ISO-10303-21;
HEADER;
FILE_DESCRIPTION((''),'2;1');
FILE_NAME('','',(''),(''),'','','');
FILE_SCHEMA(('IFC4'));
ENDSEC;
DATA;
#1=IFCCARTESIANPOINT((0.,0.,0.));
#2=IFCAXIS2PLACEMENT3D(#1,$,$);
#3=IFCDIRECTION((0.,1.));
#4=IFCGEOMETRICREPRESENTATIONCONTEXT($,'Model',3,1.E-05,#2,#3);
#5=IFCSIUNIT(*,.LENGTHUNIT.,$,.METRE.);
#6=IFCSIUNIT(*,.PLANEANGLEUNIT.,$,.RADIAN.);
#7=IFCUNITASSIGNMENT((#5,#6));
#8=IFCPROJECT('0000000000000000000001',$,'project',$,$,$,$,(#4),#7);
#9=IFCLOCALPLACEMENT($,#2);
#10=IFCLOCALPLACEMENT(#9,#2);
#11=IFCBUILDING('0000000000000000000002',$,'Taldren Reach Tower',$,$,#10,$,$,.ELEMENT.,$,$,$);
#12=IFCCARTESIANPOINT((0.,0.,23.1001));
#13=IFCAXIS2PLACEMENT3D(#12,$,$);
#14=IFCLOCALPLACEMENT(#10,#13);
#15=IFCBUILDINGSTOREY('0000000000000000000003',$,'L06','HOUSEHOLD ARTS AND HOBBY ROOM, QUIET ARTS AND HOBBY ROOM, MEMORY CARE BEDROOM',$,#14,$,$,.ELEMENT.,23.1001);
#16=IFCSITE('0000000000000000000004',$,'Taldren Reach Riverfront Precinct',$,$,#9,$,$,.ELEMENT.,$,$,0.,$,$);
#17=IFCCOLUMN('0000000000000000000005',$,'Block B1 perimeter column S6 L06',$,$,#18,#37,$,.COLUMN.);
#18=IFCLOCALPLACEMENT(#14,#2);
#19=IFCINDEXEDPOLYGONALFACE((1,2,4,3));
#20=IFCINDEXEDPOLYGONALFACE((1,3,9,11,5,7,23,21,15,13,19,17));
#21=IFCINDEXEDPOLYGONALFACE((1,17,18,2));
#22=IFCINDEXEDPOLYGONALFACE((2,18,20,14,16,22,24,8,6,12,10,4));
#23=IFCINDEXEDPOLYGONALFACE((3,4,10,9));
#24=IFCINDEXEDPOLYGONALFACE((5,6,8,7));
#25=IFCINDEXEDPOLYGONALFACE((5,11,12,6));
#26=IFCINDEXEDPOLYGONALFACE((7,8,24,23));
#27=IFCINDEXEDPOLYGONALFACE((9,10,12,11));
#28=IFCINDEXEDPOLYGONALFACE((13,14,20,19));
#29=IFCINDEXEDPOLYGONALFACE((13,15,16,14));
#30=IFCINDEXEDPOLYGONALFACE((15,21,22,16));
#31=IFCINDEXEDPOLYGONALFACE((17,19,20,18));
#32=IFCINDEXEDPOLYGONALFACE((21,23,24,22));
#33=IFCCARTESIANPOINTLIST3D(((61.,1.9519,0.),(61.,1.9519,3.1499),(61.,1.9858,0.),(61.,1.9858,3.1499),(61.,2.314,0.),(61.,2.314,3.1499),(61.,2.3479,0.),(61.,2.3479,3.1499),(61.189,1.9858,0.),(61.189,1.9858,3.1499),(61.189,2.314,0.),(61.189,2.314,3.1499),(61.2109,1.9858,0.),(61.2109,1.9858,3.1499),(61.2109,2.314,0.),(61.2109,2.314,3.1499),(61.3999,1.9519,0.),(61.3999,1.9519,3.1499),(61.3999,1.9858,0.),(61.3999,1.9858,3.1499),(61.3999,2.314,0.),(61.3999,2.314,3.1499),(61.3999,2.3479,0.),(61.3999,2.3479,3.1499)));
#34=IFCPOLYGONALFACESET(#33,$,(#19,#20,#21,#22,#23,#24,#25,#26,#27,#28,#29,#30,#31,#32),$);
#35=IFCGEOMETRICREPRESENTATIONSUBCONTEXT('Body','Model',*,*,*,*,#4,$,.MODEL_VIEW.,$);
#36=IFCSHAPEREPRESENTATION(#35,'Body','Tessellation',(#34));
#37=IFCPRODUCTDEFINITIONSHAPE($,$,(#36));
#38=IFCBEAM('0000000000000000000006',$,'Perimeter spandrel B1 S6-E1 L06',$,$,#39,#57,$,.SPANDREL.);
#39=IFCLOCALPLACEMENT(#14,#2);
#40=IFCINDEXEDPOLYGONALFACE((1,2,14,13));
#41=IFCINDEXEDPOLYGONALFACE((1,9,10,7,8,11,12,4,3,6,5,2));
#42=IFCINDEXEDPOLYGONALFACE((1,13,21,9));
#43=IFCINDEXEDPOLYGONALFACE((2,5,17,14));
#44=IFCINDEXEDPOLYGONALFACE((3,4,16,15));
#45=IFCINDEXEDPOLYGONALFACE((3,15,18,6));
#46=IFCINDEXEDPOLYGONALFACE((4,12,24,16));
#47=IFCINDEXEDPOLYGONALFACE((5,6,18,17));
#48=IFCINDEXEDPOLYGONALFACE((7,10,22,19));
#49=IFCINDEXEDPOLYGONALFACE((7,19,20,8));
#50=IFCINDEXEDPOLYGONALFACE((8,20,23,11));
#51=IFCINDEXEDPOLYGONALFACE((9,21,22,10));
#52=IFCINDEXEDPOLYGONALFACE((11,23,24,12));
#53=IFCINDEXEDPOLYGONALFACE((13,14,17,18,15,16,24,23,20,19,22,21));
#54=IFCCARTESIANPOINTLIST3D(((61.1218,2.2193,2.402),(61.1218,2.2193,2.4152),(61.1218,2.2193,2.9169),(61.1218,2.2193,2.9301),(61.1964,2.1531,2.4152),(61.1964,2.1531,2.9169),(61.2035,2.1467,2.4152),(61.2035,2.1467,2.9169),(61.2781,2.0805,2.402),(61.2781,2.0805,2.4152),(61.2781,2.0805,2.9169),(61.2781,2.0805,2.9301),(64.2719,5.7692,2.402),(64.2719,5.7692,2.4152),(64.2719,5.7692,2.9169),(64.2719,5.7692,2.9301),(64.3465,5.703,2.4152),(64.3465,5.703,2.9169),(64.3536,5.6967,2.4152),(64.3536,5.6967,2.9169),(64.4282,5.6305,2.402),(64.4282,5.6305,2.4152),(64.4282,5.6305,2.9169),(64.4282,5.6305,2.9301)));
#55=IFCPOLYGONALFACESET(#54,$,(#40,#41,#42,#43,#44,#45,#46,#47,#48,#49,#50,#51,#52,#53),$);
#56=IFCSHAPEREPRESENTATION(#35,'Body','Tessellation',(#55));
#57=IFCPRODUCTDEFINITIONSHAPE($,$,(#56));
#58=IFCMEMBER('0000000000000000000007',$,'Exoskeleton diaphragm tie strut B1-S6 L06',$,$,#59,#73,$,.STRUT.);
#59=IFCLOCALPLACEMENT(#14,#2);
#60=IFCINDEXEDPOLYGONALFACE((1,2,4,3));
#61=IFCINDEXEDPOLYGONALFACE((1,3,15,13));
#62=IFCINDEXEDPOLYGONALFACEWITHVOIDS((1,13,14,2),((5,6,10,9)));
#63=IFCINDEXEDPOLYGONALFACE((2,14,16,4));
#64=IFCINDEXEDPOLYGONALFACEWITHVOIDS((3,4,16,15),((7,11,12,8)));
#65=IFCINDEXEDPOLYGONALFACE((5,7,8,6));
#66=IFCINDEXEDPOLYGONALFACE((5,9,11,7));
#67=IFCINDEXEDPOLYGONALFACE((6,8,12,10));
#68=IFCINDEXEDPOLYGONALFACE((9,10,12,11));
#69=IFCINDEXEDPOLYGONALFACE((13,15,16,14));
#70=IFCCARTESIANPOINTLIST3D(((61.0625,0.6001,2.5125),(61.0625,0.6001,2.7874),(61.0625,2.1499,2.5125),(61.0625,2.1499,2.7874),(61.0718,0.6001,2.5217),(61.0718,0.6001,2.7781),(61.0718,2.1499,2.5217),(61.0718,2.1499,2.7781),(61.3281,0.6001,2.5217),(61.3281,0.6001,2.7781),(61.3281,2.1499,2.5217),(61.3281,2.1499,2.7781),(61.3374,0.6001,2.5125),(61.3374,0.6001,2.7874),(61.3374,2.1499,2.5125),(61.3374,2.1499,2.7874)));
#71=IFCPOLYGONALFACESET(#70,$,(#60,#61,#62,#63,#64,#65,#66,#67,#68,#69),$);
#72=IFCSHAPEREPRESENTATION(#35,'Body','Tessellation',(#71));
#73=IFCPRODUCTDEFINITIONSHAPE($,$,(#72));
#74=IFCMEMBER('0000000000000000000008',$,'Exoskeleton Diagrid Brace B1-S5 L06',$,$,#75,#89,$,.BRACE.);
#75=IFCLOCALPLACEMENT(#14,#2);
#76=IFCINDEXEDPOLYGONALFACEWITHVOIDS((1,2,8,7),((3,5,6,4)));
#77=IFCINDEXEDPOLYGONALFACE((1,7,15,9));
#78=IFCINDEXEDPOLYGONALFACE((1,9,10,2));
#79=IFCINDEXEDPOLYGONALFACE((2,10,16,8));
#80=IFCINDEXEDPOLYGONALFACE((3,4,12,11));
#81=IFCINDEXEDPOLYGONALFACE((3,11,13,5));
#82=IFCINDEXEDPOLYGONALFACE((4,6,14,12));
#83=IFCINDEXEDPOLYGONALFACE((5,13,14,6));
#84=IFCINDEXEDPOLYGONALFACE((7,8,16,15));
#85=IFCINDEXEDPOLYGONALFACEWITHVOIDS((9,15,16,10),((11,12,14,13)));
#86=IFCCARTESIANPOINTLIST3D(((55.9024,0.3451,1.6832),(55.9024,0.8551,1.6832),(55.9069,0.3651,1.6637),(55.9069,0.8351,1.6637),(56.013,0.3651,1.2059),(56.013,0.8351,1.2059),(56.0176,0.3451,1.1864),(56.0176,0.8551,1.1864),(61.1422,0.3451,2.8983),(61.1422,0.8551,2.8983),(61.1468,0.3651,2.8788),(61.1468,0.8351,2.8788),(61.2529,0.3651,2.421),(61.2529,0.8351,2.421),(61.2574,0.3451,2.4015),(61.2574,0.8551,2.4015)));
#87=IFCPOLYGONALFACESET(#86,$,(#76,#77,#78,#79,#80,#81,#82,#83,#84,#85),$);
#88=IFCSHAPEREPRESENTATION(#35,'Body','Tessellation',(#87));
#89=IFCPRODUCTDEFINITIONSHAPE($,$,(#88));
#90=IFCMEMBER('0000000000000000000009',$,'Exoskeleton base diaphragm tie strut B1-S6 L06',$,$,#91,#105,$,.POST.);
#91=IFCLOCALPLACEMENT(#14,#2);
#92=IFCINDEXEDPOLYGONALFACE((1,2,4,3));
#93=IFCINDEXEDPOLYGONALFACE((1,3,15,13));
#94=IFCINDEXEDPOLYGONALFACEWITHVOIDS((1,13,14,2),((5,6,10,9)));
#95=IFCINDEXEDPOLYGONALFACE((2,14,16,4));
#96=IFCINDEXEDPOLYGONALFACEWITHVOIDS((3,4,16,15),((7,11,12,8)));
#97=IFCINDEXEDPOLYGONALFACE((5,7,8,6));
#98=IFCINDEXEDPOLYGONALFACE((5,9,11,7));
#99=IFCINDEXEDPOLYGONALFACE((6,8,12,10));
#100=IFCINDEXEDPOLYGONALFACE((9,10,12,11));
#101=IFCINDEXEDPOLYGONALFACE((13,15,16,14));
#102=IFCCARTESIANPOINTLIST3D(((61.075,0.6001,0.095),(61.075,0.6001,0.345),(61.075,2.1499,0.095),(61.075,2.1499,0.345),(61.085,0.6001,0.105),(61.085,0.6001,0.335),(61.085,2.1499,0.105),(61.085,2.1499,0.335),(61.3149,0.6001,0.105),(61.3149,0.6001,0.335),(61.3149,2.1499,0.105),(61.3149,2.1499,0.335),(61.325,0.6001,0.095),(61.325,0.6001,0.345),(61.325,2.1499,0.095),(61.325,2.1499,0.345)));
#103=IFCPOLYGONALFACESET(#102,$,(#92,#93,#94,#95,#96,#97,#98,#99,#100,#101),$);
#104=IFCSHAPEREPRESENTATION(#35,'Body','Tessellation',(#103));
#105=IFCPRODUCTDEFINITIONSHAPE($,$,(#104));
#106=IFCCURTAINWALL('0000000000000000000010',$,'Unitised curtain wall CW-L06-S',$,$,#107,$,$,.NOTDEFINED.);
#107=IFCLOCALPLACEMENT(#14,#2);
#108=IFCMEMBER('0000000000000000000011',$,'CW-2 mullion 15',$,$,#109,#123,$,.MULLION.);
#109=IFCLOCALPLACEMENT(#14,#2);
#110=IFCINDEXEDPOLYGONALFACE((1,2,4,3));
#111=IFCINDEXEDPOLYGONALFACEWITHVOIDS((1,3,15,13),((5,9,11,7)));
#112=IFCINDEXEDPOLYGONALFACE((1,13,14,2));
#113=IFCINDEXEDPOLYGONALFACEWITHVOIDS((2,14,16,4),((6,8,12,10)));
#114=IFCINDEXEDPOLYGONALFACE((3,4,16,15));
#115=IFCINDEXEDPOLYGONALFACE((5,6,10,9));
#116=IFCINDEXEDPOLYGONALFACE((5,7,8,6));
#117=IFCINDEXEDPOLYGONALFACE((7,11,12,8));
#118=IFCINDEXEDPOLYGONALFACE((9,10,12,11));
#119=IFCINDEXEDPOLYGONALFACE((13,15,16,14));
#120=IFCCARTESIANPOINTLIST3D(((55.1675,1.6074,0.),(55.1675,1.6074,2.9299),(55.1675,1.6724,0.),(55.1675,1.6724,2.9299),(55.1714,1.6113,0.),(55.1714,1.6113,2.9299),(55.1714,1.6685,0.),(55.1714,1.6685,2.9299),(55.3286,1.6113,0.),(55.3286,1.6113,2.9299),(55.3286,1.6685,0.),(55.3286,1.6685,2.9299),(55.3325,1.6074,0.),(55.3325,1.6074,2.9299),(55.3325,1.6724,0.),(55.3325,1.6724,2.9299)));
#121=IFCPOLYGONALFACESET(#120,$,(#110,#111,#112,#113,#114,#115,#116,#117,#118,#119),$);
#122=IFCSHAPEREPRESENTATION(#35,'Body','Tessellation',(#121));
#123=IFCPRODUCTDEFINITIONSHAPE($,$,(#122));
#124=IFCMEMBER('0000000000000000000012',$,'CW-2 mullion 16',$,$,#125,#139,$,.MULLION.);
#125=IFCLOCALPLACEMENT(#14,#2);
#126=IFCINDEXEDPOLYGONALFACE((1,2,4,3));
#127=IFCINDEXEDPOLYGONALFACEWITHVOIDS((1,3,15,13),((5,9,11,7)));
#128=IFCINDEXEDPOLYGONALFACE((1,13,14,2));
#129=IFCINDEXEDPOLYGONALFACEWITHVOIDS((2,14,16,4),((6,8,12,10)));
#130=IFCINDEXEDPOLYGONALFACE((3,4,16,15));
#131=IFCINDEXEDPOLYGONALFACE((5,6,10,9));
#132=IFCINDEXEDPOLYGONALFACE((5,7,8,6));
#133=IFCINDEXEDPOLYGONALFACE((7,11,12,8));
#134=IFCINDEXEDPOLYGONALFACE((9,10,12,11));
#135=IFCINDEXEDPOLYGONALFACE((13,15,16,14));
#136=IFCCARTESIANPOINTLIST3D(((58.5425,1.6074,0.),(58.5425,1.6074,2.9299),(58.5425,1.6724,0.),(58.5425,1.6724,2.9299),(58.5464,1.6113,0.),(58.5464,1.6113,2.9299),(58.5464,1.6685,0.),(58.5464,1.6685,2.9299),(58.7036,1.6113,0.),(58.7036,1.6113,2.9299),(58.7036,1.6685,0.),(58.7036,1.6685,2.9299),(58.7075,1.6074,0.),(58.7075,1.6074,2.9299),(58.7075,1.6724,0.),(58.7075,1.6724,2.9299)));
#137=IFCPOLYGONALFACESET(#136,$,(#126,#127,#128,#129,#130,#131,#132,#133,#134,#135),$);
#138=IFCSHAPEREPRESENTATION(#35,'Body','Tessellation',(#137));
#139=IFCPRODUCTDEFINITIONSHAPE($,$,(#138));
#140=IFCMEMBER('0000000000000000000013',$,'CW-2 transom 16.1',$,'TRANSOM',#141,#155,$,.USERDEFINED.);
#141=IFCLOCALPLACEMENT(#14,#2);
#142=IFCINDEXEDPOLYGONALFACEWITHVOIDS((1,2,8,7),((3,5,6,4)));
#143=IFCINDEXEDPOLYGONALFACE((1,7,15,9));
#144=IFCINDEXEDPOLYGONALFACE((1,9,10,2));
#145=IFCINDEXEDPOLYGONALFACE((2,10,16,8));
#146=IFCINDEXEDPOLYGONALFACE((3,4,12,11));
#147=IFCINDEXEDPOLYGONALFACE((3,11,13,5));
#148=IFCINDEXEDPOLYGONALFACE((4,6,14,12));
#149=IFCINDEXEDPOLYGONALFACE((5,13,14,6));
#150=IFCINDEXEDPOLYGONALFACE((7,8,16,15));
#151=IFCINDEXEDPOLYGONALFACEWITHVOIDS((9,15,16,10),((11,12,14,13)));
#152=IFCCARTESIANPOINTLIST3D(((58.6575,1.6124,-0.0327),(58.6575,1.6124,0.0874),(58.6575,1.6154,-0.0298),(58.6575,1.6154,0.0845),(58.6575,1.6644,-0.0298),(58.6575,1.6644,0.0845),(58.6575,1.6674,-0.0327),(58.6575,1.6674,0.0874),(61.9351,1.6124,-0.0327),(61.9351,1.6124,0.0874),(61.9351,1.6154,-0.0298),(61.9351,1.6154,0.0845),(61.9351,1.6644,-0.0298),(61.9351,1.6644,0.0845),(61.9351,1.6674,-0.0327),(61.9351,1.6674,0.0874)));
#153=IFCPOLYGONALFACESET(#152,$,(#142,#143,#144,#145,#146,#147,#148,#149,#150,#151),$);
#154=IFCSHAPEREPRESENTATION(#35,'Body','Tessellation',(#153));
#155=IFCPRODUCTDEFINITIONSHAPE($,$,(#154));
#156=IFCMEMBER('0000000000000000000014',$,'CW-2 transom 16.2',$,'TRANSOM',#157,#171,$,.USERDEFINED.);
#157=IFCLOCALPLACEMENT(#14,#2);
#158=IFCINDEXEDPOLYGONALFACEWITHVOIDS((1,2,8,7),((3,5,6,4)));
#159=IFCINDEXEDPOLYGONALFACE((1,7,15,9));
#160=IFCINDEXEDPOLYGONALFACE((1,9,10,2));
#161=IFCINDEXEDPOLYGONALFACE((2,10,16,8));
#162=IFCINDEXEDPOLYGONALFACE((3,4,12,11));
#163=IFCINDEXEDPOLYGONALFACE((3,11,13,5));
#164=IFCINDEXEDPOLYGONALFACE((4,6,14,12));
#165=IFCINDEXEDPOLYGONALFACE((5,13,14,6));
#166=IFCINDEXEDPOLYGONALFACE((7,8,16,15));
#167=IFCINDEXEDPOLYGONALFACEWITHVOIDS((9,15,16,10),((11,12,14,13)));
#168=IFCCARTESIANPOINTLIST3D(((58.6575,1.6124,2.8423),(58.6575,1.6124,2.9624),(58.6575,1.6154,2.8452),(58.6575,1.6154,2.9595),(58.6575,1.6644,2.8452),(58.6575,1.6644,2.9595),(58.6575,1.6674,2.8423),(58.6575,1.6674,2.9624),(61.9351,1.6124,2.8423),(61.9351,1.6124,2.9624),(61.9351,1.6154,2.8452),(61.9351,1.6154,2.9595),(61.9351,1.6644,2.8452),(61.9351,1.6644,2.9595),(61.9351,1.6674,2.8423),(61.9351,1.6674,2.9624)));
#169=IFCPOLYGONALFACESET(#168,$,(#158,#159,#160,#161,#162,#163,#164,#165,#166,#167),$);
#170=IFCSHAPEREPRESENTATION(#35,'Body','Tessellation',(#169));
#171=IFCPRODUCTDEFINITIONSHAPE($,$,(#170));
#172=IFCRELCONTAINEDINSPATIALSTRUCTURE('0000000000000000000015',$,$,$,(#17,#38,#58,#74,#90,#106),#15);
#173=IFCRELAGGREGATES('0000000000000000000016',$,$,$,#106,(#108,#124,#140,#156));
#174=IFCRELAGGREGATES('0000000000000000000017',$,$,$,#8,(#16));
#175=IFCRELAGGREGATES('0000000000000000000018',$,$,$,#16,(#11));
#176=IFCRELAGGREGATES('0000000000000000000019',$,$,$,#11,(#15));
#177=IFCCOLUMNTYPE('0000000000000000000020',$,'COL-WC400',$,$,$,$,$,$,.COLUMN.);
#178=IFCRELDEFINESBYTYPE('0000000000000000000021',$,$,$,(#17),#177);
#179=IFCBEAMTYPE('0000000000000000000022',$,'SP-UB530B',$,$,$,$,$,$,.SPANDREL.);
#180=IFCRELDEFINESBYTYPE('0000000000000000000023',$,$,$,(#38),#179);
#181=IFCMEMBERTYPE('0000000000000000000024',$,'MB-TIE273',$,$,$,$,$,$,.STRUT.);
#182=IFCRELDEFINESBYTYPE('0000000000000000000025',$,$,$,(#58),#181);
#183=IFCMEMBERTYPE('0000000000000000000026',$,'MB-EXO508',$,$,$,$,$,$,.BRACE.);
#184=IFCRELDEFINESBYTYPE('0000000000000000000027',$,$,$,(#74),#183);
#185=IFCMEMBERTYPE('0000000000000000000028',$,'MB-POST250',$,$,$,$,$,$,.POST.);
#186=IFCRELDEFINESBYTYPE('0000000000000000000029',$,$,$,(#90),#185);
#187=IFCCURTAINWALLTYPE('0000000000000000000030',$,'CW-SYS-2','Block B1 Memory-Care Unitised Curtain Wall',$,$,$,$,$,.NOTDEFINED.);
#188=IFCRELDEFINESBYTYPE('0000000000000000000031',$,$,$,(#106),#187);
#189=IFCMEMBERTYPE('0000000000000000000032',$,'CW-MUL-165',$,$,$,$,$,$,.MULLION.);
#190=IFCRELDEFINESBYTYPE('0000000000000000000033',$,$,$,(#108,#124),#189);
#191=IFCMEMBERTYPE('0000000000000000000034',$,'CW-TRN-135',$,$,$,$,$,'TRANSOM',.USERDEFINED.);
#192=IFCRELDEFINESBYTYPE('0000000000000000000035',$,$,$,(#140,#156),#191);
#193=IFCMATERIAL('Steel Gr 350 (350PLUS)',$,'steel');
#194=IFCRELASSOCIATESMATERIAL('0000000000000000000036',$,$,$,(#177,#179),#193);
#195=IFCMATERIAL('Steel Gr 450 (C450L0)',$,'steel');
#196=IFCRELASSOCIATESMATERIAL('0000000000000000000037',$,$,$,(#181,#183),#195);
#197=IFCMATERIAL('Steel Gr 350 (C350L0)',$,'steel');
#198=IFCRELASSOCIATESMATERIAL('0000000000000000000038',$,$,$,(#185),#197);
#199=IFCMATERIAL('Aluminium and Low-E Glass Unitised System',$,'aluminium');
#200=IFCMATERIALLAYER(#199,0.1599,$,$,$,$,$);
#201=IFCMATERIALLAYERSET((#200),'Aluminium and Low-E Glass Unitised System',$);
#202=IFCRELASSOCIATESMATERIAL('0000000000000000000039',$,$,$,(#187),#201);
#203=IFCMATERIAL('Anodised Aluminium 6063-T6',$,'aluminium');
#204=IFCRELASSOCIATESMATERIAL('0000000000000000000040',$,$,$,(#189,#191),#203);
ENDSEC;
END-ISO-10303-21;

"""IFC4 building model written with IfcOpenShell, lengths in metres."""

from ifc_helpers import new_model, si_unit, direction, frame, origin, origin_2d, place, context, subcontext, project, spatial, hollow_rectangle, i_section, extrude, source, transform, mapped, material, layer, layer_set, material_profile, profile_set, type_object, element, aggregate, save


model = new_model("IFC4")

# Units and contexts
model_context = context("Model", 3, precision=1e-05, world=origin(), true_north=direction((0.0, 1.0)))
body_context = subcontext(model_context, "Body", "Model", "MODEL_VIEW")
ifc_project = project(units=[si_unit("LENGTHUNIT", "METRE"), si_unit("PLANEANGLEUNIT", "RADIAN")], contexts=[model_context])

# Site, building, storey
site_placement = place(None, origin())
site = spatial("IfcSite", under=ifc_project, at=site_placement, Name="Taldren Reach Riverfront Precinct", CompositionType="ELEMENT", RefElevation=0.0)
building_placement = place(site_placement, origin())
building = spatial("IfcBuilding", under=site, at=building_placement, Name="Taldren Reach Tower", CompositionType="ELEMENT")
storey_placement = place(building_placement, frame((0.0, 0.0, 23.1001)))
storey = spatial("IfcBuildingStorey", under=building, at=storey_placement, Name="L06", Description="HOUSEHOLD ARTS AND HOBBY ROOM, QUIET ARTS AND HOBBY ROOM, MEMORY CARE BEDROOM", CompositionType="ELEMENT", Elevation=23.1001)

# Column
ifc_material_1 = material(Name="Steel Gr 350 (350PLUS)", Category="steel")
ifc_material_profile_1 = material_profile(ifc_material_1, i_section(OverallWidth=0.3999, OverallDepth=0.396, WebThickness=0.022, FlangeThickness=0.0339, at=origin_2d()), Name="400WC270")
ifc_profile_set_1 = profile_set([ifc_material_profile_1], Name="Steel Gr 350 (350PLUS)")
column_type = type_object("IfcColumnType", Name="COL-WC400", PredefinedType="COLUMN", material=ifc_profile_set_1)
shared_shape_1 = source(origin(), body_context, "Body", "SweptSolid", [
    extrude(i_section(OverallWidth=0.3999, OverallDepth=0.396, WebThickness=0.022, FlangeThickness=0.0339, at=origin_2d()), origin(), (0.0, 0.0, 1.0), 3.1499),
])
column_placement = place(storey_placement, frame((61.2, 2.1499, 0.0), z_axis=(0.0, 0.0, 1.0), x_axis=(1.0, 0.0, 0.0)))
element("IfcColumn", 1, at=column_placement, inside=storey, type_object=column_type, Name="Block B1 perimeter column S6 L06", PredefinedType="COLUMN", context=body_context, shape_type="MappedRepresentation", body=[
    mapped(shared_shape_1, transform((0.0, 0.0, 0.0), scale=1.0)),
])

# Beam
ifc_material_profile_2 = material_profile(ifc_material_1, i_section(OverallWidth=0.209, OverallDepth=0.5281, WebThickness=0.0095, FlangeThickness=0.0132, at=origin_2d()), Name="530UB82.0")
ifc_profile_set_2 = profile_set([ifc_material_profile_2], Name="Steel Gr 350 (350PLUS)")
beam_type = type_object("IfcBeamType", Name="SP-UB530B", PredefinedType="SPANDREL", material=ifc_profile_set_2)
shared_shape_2 = source(origin(), body_context, "Body", "SweptSolid", [
    extrude(i_section(OverallWidth=0.209, OverallDepth=0.5281, WebThickness=0.0095, FlangeThickness=0.0132, at=origin_2d()), origin(), (0.0, 0.0, 1.0), 4.7461),
])
beam_placement = place(storey_placement, frame((61.2, 2.1499, 2.666), z_axis=(0.663722, 0.747979, 0.0), x_axis=(-0.747979, 0.663722, 0.0)))
element("IfcBeam", 2, at=beam_placement, inside=storey, type_object=beam_type, Name="Perimeter spandrel B1 S6-E1 L06", PredefinedType="SPANDREL", context=body_context, shape_type="MappedRepresentation", body=[
    mapped(shared_shape_2, transform((0.0, 0.0, 0.0), scale=1.0)),
])

# Members
ifc_material_2 = material(Name="Steel Gr 450 (C450L0)", Category="steel")
ifc_material_profile_3 = material_profile(ifc_material_2, hollow_rectangle(XDim=0.2749, YDim=0.2749, WallThickness=0.0093, at=origin_2d()), Name="275x275x9.3SHS")
ifc_profile_set_3 = profile_set([ifc_material_profile_3], Name="Steel Gr 450 (C450L0)")
member_type_1 = type_object("IfcMemberType", Name="MB-TIE273", PredefinedType="STRUT", material=ifc_profile_set_3)
shared_shape_3 = source(origin(), body_context, "Body", "SweptSolid", [
    extrude(hollow_rectangle(XDim=0.2749, YDim=0.2749, WallThickness=0.0093, at=origin_2d()), origin(), (0.0, 0.0, 1.0), 1.5498),
])
member_1_placement = place(storey_placement, frame((61.2, 2.1499, 2.6499), z_axis=(0.0, -1.0, 0.0), x_axis=(1.0, 0.0, 0.0)))
element("IfcMember", 3, at=member_1_placement, inside=storey, type_object=member_type_1, Name="Exoskeleton diaphragm tie strut B1-S6 L06", PredefinedType="STRUT", context=body_context, shape_type="MappedRepresentation", body=[
    mapped(shared_shape_3, transform((0.0, 0.0, 0.0), scale=1.0)),
])
ifc_material_profile_4 = material_profile(ifc_material_2, hollow_rectangle(XDim=0.51, YDim=0.51, WallThickness=0.02, at=origin_2d()), Name="510x510x20.0SHS")
ifc_profile_set_4 = profile_set([ifc_material_profile_4], Name="Steel Gr 450 (C450L0)")
member_type_2 = type_object("IfcMemberType", Name="MB-EXO508", PredefinedType="BRACE", material=ifc_profile_set_4)
shared_shape_4 = source(origin(), body_context, "Body", "SweptSolid", [
    extrude(hollow_rectangle(XDim=0.51, YDim=0.51, WallThickness=0.02, at=origin_2d()), origin(), (0.0, 0.0, 1.0), 5.3789),
])
member_2_placement = place(storey_placement, frame((55.96, 0.6001, 1.4348), z_axis=(0.974152, 0.0, 0.225894), x_axis=(0.0, 1.0, 0.0)))
element("IfcMember", 4, at=member_2_placement, inside=storey, type_object=member_type_2, Name="Exoskeleton Diagrid Brace B1-S5 L06", PredefinedType="BRACE", context=body_context, shape_type="MappedRepresentation", body=[
    mapped(shared_shape_4, transform((0.0, 0.0, 0.0), scale=1.0)),
])
ifc_material_3 = material(Name="Steel Gr 350 (C350L0)", Category="steel")
ifc_material_profile_5 = material_profile(ifc_material_3, hollow_rectangle(XDim=0.25, YDim=0.25, WallThickness=0.01, at=origin_2d()), Name="250x250x10.0SHS")
ifc_profile_set_5 = profile_set([ifc_material_profile_5], Name="Steel Gr 350 (C350L0)")
member_type_3 = type_object("IfcMemberType", Name="MB-POST250", PredefinedType="POST", material=ifc_profile_set_5)
shared_shape_5 = source(origin(), body_context, "Body", "SweptSolid", [
    extrude(hollow_rectangle(XDim=0.25, YDim=0.25, WallThickness=0.01, at=origin_2d()), origin(), (0.0, 0.0, 1.0), 1.5498),
])
member_3_placement = place(storey_placement, frame((61.2, 2.1499, 0.22), z_axis=(0.0, -1.0, 0.0), x_axis=(1.0, 0.0, 0.0)))
element("IfcMember", 5, at=member_3_placement, inside=storey, type_object=member_type_3, Name="Exoskeleton base diaphragm tie strut B1-S6 L06", PredefinedType="POST", context=body_context, shape_type="MappedRepresentation", body=[
    mapped(shared_shape_5, transform((0.0, 0.0, 0.0), scale=1.0)),
])

# Curtain wall, members
ifc_material_4 = material(Name="Aluminium and Low-E Glass Unitised System", Category="aluminium")
ifc_layer_1 = layer(ifc_material_4, 0.1599)
ifc_layer_set_1 = layer_set([ifc_layer_1], Name="Aluminium and Low-E Glass Unitised System")
curtain_wall_type = type_object("IfcCurtainWallType", Name="CW-SYS-2", Description="Block B1 Memory-Care Unitised Curtain Wall", PredefinedType="NOTDEFINED", material=ifc_layer_set_1)
curtain_wall_placement = place(storey_placement, origin())
curtain_wall = element("IfcCurtainWall", 6, at=curtain_wall_placement, inside=storey, type_object=curtain_wall_type, Name="Unitised curtain wall CW-L06-S", PredefinedType="NOTDEFINED")
ifc_material_5 = material(Name="Anodised Aluminium 6063-T6", Category="aluminium")
ifc_material_profile_6 = material_profile(ifc_material_5, hollow_rectangle(XDim=0.0649, YDim=0.165, WallThickness=0.0039, at=origin_2d()), Name="ALU-165x65x4RHS")
ifc_profile_set_6 = profile_set([ifc_material_profile_6], Name="Anodised Aluminium 6063-T6")
member_type_4 = type_object("IfcMemberType", Name="CW-MUL-165", PredefinedType="MULLION", material=ifc_profile_set_6)
shared_shape_6 = source(origin(), body_context, "Body", "SweptSolid", [
    extrude(hollow_rectangle(XDim=0.0649, YDim=0.165, WallThickness=0.0039, at=origin_2d()), origin(), (0.0, 0.0, 1.0), 2.9299),
])
member_4_placement = place(storey_placement, frame((55.25, 1.6399, 0.0), z_axis=(0.0, 0.0, 1.0), x_axis=(0.0, 1.0, 0.0)))
member_4 = element("IfcMember", 7, at=member_4_placement, type_object=member_type_4, Name="CW-2 mullion 15", PredefinedType="MULLION", context=body_context, shape_type="MappedRepresentation", body=[
    mapped(shared_shape_6, transform((0.0, 0.0, 0.0), scale=1.0)),
])
member_5_placement = place(storey_placement, frame((58.625, 1.6399, 0.0), z_axis=(0.0, 0.0, 1.0), x_axis=(0.0, 1.0, 0.0)))
member_5 = element("IfcMember", 8, at=member_5_placement, type_object=member_type_4, Name="CW-2 mullion 16", PredefinedType="MULLION", context=body_context, shape_type="MappedRepresentation", body=[
    mapped(shared_shape_6, transform((0.0, 0.0, 0.0), scale=1.0)),
])
ifc_material_profile_7 = material_profile(ifc_material_5, hollow_rectangle(XDim=0.0549, YDim=0.1201, WallThickness=0.0029, at=origin_2d()), Name="ALU-120x55x3RHS")
ifc_profile_set_7 = profile_set([ifc_material_profile_7], Name="Anodised Aluminium 6063-T6")
member_type_5 = type_object("IfcMemberType", Name="CW-TRN-135", ElementType="TRANSOM", PredefinedType="USERDEFINED", material=ifc_profile_set_7)
shared_shape_7 = source(origin(), body_context, "Body", "SweptSolid", [
    extrude(hollow_rectangle(XDim=0.0549, YDim=0.1201, WallThickness=0.0029, at=origin_2d()), origin(), (0.0, 0.0, 1.0), 3.2776),
])
member_6_placement = place(storey_placement, frame((58.6575, 1.6399, 0.0273), z_axis=(1.0, 0.0, 0.0), x_axis=(0.0, 1.0, 0.0)))
member_6 = element("IfcMember", 9, at=member_6_placement, type_object=member_type_5, Name="CW-2 transom 16.1", ObjectType="TRANSOM", PredefinedType="USERDEFINED", context=body_context, shape_type="MappedRepresentation", body=[
    mapped(shared_shape_7, transform((0.0, 0.0, 0.0), scale=1.0)),
])
member_7_placement = place(storey_placement, frame((58.6575, 1.6399, 2.9023), z_axis=(1.0, 0.0, 0.0), x_axis=(0.0, 1.0, 0.0)))
member_7 = element("IfcMember", 10, at=member_7_placement, type_object=member_type_5, Name="CW-2 transom 16.2", ObjectType="TRANSOM", PredefinedType="USERDEFINED", context=body_context, shape_type="MappedRepresentation", body=[
    mapped(shared_shape_7, transform((0.0, 0.0, 0.0), scale=1.0)),
])

aggregate(curtain_wall, [member_4, member_5, member_6, member_7])

save(model, "model.ifc")
